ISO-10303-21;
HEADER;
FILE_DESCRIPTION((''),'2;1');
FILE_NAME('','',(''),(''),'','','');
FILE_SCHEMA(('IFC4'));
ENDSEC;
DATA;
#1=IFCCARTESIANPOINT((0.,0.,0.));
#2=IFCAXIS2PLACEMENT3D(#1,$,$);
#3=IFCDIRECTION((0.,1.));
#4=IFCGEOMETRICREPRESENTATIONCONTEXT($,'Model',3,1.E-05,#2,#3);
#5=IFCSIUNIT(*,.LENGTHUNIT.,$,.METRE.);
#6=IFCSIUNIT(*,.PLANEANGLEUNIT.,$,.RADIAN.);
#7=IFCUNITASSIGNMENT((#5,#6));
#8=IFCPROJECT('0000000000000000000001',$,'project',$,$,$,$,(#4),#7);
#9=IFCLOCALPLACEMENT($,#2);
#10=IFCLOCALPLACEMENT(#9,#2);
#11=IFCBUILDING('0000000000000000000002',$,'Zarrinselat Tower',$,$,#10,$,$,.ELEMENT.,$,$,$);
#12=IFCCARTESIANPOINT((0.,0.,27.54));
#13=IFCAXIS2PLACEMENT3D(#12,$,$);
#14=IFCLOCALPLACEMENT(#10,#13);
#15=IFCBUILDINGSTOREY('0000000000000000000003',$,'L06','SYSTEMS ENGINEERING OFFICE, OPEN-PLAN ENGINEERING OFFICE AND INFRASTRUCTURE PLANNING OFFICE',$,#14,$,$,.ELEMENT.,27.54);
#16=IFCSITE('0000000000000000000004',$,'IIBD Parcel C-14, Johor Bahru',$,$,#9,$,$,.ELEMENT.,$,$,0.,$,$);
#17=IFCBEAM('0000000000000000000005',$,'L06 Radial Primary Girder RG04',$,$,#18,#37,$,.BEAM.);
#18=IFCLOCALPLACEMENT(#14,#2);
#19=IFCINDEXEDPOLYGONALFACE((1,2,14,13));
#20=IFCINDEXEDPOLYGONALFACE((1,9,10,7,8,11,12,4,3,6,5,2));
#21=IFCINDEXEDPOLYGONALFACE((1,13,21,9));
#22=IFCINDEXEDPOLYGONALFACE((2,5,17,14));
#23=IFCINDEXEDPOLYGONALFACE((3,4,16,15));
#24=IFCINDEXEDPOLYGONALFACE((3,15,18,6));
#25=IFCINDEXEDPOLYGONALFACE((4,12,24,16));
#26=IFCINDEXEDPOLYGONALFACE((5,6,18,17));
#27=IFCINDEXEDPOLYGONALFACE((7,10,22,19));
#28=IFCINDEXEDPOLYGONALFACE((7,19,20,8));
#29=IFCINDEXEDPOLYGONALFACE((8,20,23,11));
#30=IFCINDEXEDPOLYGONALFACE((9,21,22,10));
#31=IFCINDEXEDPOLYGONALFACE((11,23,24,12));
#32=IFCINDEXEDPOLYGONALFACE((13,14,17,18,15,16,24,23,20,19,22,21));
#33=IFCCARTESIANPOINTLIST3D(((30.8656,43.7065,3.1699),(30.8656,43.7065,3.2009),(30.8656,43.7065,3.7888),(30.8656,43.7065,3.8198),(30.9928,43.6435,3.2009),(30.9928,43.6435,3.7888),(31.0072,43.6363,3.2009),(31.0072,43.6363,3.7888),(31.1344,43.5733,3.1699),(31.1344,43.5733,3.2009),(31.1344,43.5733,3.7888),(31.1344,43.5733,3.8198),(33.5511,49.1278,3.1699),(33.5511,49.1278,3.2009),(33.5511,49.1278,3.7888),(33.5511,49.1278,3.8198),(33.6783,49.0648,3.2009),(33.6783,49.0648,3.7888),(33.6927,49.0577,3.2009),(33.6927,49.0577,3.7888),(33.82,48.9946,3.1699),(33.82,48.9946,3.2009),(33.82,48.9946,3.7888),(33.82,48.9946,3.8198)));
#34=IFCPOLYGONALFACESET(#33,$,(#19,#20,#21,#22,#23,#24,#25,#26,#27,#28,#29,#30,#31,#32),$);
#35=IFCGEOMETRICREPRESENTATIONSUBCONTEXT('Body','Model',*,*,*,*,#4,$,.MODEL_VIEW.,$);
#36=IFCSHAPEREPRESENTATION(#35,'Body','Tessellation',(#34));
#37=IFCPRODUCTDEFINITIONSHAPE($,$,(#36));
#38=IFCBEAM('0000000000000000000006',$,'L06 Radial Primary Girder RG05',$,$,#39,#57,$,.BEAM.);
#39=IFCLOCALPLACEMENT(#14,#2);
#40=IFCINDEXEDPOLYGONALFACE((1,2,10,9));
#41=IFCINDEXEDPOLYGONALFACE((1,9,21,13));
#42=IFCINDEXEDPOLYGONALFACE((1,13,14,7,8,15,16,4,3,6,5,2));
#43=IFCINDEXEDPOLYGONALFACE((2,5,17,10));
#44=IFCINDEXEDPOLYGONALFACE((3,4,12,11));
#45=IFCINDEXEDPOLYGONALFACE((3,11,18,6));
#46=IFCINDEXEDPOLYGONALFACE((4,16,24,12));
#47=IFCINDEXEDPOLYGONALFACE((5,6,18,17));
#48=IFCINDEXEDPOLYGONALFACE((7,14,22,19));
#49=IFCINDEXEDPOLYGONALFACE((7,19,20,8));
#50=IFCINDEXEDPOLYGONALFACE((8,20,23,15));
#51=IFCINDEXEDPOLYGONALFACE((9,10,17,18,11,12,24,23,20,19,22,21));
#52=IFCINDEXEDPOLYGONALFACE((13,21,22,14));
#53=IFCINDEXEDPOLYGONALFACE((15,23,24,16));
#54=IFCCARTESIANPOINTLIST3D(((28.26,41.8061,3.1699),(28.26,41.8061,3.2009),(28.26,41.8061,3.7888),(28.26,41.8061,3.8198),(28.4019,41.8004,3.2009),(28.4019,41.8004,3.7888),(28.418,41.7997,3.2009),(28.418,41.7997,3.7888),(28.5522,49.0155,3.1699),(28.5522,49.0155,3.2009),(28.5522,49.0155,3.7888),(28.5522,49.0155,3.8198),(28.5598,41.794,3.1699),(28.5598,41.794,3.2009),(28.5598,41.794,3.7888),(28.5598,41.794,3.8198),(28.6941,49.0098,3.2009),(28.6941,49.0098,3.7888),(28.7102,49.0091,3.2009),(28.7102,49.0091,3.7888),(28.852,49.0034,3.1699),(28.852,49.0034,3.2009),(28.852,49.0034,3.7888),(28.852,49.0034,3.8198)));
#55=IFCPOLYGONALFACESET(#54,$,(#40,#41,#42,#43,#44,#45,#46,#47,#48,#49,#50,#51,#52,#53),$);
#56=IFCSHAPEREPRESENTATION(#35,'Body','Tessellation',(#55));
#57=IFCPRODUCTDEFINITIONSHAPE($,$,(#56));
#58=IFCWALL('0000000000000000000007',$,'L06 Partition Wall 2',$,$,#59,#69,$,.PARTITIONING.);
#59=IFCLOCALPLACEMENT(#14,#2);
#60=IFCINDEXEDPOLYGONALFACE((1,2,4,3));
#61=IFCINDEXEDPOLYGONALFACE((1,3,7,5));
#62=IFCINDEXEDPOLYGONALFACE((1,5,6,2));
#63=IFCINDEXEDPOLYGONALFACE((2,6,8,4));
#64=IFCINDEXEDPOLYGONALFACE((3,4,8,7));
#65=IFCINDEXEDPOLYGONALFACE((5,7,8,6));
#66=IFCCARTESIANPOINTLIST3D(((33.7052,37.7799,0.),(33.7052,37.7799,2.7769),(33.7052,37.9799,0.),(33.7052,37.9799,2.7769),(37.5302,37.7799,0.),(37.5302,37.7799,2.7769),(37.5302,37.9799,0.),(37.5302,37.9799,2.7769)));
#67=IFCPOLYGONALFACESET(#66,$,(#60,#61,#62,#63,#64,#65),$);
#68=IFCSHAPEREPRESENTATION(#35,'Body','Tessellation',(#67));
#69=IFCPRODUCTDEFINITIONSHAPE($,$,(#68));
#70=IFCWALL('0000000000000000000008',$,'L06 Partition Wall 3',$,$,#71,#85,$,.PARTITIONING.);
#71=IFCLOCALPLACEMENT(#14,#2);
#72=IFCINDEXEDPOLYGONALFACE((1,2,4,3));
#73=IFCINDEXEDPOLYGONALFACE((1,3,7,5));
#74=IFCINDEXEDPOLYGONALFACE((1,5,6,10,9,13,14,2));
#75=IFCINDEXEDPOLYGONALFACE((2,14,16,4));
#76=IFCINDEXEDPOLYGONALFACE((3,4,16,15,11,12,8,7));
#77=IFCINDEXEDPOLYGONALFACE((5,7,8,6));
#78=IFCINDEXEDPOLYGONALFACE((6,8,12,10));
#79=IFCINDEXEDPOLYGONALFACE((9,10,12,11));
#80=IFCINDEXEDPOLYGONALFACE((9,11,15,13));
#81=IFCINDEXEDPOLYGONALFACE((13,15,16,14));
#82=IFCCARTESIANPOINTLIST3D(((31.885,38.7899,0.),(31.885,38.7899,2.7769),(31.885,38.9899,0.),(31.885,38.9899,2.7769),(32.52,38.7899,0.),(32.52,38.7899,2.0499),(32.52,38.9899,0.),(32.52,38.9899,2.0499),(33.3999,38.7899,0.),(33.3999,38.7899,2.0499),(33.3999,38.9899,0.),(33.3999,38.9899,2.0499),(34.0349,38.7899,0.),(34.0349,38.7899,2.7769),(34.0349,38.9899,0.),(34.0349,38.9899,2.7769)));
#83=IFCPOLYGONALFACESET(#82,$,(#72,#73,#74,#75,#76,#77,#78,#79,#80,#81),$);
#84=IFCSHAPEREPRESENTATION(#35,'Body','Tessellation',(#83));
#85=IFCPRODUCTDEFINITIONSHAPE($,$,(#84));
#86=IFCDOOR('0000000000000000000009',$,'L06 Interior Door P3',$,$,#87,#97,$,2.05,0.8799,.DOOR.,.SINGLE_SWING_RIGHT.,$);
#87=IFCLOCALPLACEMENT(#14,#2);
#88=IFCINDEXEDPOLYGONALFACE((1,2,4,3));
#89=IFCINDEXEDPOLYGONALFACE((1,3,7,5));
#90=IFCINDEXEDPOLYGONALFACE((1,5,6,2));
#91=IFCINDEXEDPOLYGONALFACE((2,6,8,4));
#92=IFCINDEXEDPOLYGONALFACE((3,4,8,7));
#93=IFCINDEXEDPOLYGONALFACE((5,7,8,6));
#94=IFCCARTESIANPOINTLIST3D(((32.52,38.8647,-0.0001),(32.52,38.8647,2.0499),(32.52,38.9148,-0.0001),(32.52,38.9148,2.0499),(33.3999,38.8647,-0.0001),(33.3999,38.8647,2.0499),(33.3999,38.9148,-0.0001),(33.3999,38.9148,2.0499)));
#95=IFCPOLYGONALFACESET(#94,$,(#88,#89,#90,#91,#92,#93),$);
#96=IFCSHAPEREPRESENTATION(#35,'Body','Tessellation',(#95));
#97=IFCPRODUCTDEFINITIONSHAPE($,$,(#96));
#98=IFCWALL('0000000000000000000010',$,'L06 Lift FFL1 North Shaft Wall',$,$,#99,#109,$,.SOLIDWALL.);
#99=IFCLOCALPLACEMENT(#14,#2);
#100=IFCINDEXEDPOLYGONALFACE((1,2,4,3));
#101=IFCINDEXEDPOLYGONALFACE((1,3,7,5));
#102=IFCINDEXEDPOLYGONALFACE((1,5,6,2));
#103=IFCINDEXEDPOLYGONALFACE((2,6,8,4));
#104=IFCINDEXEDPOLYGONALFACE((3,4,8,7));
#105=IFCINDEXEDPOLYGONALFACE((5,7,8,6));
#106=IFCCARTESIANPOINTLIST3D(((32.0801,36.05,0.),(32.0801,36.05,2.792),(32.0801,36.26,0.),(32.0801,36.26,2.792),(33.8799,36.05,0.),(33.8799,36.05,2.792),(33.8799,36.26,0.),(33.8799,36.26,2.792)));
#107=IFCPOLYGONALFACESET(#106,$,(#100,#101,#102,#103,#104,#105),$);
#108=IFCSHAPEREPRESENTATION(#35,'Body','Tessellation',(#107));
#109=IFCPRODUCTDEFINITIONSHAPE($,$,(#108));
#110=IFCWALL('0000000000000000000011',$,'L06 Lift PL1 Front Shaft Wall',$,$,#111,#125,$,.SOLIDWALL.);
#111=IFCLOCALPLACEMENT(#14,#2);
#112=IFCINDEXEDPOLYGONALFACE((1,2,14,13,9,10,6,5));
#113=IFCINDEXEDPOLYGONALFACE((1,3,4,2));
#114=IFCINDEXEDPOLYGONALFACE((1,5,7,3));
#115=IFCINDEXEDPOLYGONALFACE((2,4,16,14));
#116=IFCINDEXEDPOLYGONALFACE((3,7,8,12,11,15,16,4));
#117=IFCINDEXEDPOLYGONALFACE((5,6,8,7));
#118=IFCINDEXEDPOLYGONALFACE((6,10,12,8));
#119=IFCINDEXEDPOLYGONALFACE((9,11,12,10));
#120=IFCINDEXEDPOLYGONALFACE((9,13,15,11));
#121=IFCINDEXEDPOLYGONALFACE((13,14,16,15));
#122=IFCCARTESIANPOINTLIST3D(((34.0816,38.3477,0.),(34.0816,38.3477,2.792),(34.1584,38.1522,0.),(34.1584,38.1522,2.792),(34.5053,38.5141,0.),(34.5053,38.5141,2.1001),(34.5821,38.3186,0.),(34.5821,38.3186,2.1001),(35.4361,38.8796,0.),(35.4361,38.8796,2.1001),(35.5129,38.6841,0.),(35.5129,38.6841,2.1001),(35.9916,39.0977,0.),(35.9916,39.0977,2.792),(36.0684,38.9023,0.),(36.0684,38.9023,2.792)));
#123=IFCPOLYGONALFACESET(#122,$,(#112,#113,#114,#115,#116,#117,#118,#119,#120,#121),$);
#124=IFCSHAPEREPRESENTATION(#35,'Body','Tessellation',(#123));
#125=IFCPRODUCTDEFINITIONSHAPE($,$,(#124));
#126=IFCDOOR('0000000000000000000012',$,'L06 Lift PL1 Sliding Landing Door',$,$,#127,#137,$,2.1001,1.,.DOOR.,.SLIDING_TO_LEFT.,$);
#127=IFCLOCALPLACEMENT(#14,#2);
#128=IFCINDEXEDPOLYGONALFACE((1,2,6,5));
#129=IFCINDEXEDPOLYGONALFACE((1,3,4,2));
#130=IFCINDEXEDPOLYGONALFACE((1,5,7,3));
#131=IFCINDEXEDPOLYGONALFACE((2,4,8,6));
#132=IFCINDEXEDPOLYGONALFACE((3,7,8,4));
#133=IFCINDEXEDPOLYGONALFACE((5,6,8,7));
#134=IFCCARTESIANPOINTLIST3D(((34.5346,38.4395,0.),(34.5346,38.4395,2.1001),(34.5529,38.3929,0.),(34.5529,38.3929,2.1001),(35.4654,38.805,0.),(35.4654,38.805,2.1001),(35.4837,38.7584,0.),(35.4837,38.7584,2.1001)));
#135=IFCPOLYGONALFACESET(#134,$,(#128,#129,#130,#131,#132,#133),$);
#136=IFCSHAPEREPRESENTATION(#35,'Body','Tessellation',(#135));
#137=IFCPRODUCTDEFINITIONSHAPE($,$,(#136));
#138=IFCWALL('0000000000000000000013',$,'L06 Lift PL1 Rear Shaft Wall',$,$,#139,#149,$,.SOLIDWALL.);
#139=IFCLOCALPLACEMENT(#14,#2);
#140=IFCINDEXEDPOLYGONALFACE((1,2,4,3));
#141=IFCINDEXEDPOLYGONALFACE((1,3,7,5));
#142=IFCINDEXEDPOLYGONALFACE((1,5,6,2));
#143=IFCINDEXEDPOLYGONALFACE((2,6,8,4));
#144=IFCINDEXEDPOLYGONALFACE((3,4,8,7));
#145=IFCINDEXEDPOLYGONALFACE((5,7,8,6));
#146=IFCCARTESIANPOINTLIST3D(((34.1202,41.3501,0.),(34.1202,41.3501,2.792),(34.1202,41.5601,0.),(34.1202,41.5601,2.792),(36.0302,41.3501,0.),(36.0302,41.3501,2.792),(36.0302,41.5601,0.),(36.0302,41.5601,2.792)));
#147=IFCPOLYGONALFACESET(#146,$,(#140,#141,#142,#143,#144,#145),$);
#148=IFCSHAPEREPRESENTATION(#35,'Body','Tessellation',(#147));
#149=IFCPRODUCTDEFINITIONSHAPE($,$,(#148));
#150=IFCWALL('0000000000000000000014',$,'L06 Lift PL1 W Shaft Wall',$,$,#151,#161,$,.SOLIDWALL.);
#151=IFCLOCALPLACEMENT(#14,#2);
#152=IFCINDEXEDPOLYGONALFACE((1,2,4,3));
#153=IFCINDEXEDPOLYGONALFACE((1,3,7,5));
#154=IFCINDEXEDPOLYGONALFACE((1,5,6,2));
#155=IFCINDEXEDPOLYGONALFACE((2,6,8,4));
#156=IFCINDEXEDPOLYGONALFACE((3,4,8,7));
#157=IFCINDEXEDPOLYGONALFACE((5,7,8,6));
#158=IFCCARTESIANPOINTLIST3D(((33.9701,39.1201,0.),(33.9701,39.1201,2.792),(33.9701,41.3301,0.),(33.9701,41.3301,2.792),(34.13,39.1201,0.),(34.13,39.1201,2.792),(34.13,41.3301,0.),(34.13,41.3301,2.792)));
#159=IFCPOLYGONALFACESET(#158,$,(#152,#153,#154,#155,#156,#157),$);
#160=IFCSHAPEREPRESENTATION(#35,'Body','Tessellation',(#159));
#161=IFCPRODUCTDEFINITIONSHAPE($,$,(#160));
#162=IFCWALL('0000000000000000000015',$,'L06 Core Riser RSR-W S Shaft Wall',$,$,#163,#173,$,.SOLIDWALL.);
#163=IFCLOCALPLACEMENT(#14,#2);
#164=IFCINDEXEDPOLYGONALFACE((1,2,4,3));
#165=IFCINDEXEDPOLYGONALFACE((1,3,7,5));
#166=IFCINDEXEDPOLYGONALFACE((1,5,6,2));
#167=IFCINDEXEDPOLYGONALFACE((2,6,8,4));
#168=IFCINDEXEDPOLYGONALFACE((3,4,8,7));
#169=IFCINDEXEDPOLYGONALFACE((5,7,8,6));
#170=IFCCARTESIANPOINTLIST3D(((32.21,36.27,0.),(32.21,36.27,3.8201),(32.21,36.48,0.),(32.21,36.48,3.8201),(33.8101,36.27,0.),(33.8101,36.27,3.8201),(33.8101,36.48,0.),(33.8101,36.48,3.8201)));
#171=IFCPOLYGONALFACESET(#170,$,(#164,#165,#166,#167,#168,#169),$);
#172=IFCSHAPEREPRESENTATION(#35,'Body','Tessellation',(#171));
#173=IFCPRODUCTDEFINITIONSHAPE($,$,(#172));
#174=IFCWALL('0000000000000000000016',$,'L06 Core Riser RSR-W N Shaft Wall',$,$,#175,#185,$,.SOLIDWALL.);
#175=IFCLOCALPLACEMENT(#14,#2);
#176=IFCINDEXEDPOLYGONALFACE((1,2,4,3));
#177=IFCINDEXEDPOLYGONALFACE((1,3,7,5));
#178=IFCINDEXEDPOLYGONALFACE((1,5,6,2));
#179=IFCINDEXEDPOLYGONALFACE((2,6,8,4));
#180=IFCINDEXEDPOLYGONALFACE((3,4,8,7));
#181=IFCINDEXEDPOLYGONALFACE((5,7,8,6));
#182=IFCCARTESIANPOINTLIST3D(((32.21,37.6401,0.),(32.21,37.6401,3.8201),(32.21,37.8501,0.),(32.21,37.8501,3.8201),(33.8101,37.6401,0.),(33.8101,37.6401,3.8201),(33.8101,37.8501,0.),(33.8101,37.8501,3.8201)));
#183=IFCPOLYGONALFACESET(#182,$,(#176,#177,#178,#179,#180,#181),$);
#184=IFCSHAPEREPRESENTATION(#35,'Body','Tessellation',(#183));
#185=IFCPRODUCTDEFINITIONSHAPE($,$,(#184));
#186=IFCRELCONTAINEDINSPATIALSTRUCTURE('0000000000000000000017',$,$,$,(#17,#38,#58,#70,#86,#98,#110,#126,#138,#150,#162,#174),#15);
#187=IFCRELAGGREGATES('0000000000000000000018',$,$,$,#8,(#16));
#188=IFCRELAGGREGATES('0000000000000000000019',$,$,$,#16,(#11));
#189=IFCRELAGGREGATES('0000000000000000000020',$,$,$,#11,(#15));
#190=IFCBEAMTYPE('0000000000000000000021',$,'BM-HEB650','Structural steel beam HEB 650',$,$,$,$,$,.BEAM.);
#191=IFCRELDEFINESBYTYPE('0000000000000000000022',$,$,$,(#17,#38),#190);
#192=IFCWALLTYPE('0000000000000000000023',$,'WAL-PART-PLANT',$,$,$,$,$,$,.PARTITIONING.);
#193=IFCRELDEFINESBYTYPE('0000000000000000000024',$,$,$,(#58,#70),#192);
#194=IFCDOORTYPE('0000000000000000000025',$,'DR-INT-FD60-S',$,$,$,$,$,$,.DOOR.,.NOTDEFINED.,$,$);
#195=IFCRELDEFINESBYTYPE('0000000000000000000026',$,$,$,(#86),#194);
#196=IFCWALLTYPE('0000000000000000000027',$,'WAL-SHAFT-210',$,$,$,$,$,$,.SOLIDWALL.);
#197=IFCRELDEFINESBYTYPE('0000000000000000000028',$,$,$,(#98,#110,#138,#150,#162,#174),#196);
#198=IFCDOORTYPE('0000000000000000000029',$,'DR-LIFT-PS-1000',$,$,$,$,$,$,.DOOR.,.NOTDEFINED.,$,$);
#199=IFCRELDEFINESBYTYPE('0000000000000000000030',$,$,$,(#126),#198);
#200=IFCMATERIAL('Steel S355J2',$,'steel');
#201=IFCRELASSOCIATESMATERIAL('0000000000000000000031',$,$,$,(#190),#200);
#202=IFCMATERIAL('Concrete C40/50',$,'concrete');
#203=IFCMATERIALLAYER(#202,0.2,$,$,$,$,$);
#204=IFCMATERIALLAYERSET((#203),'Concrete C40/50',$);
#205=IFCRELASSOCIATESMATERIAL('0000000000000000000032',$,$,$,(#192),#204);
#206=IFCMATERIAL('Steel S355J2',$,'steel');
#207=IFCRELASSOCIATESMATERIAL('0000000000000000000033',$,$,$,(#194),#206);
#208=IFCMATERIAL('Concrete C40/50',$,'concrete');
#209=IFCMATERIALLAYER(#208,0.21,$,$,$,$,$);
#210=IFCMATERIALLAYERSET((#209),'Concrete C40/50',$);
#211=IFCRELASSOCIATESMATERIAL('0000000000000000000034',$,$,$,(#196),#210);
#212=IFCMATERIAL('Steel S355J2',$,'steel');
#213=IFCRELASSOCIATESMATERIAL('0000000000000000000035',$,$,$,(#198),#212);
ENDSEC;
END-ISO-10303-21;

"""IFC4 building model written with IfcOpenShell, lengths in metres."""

from ifc_helpers import new_model, si_unit, direction, frame, frame_2d, origin, origin_2d, place, context, subcontext, project, spatial, rectangle, i_section, extrude, material, layer, layer_set, material_profile, profile_set, type_object, element, fill, save


model = new_model("IFC4")

# Units and contexts
model_context = context("Model", 3, precision=1e-05, world=origin(), true_north=direction((0.0, 1.0)))
body_context = subcontext(model_context, "Body", "Model", "MODEL_VIEW")
ifc_project = project(units=[si_unit("LENGTHUNIT", "METRE"), si_unit("PLANEANGLEUNIT", "RADIAN")], contexts=[model_context])

# Site, building, storey
site_placement = place(None, origin())
site = spatial("IfcSite", under=ifc_project, at=site_placement, Name="IIBD Parcel C-14, Johor Bahru", CompositionType="ELEMENT", RefElevation=0.0)
building_placement = place(site_placement, origin())
building = spatial("IfcBuilding", under=site, at=building_placement, Name="Zarrinselat Tower", CompositionType="ELEMENT")
storey_placement = place(building_placement, frame((0.0, 0.0, 27.54)))
storey = spatial("IfcBuildingStorey", under=building, at=storey_placement, Name="L06", Description="SYSTEMS ENGINEERING OFFICE, OPEN-PLAN ENGINEERING OFFICE AND INFRASTRUCTURE PLANNING OFFICE", CompositionType="ELEMENT", Elevation=27.54)

# Beams
ifc_material_1 = material(Name="Steel S355J2", Category="steel")
ifc_material_profile = material_profile(ifc_material_1, i_section(OverallWidth=0.3, OverallDepth=0.6499, WebThickness=0.0161, FlangeThickness=0.031, at=origin_2d()), Name="HEB 650")
ifc_profile_set = profile_set([ifc_material_profile], Name="Steel S355J2")
beam_type = type_object("IfcBeamType", Name="BM-HEB650", Description="Structural steel beam HEB 650", PredefinedType="BEAM", material=ifc_profile_set)
beam_1_placement = place(storey_placement, frame((31.0, 43.6399, 3.4949), z_axis=(0.443885, 0.896084, 0.0), x_axis=(-0.896084, 0.443885, 0.0)))
element("IfcBeam", 1, at=beam_1_placement, inside=storey, type_object=beam_type, Name="L06 Radial Primary Girder RG04", PredefinedType="BEAM", context=body_context, shape_type="SweptSolid", body=[
    extrude(i_section(OverallWidth=0.3, OverallDepth=0.6499, WebThickness=0.0161, FlangeThickness=0.031, at=origin_2d()), origin(), (0.0, 0.0, 1.0), 6.05),
])
beam_2_placement = place(storey_placement, frame((28.4099, 41.8, 3.4949), z_axis=(0.040502, 0.999179, 0.0), x_axis=(-0.999179, 0.040502, 0.0)))
element("IfcBeam", 2, at=beam_2_placement, inside=storey, type_object=beam_type, Name="L06 Radial Primary Girder RG05", PredefinedType="BEAM", context=body_context, shape_type="SweptSolid", body=[
    extrude(i_section(OverallWidth=0.3, OverallDepth=0.6499, WebThickness=0.0161, FlangeThickness=0.031, at=origin_2d()), origin(), (0.0, 0.0, 1.0), 7.2153),
])

# Wall
ifc_material_2 = material(Name="Concrete C40/50", Category="concrete")
ifc_layer_1 = layer(ifc_material_2, 0.2)
ifc_layer_set_1 = layer_set([ifc_layer_1], Name="Concrete C40/50")
wall_type_1 = type_object("IfcWallType", Name="WAL-PART-PLANT", PredefinedType="PARTITIONING", material=ifc_layer_set_1)
wall_1_placement = place(storey_placement, frame((33.7051, 37.8799, 0.0), z_axis=(0.0, 0.0, 1.0), x_axis=(1.0, 0.0, 0.0)))
element("IfcWall", 3, at=wall_1_placement, inside=storey, type_object=wall_type_1, Name="L06 Partition Wall 2", PredefinedType="PARTITIONING", context=body_context, shape_type="SweptSolid", body=[
    extrude(rectangle(XDim=3.825, YDim=0.2, at=frame_2d((1.9126, 0.0))), origin(), (0.0, 0.0, 1.0), 2.7769),
])

# Wall, opening, door
wall_2_placement = place(storey_placement, frame((31.885, 38.8899, 0.0), z_axis=(0.0, 0.0, 1.0), x_axis=(1.0, 0.0, 0.0)))
wall_2 = element("IfcWall", 4, at=wall_2_placement, inside=storey, type_object=wall_type_1, Name="L06 Partition Wall 3", PredefinedType="PARTITIONING", context=body_context, shape_type="SweptSolid", body=[
    extrude(rectangle(XDim=2.1499, YDim=0.2, at=frame_2d((1.075, 0.0))), origin(), (0.0, 0.0, 1.0), 2.7769),
])
opening_1_placement = place(wall_2_placement, frame((0.635, 0.0, 0.0)))
opening_1 = element("IfcOpeningElement", 5, at=opening_1_placement, cuts=wall_2, PredefinedType="OPENING", context=body_context, shape_type="SweptSolid", body=[
    extrude(rectangle(XDim=0.8799, YDim=2.05, at=frame_2d((0.4399, 1.0249))), frame((0.0, 0.1099, 0.0), z_axis=(0.0, -1.0, 0.0), x_axis=(1.0, 0.0, 0.0)), (0.0, 0.0, 1.0), 0.22),
])
ifc_material_3 = material(Name="Steel S355J2", Category="steel")
door_type_1 = type_object("IfcDoorType", Name="DR-INT-FD60-S", OperationType="NOTDEFINED", PredefinedType="DOOR", material=ifc_material_3)
door_1_placement = place(opening_1_placement, origin())
door_1 = element("IfcDoor", 6, at=door_1_placement, inside=storey, type_object=door_type_1, Name="L06 Interior Door P3", OperationType="SINGLE_SWING_RIGHT", OverallHeight=2.05, OverallWidth=0.8799, PredefinedType="DOOR", context=body_context, shape_type="SweptSolid", body=[
    extrude(rectangle(XDim=0.8799, YDim=2.05, at=frame_2d((0.4399, 1.0249))), frame((0.0, 0.0249, 0.0), z_axis=(0.0, -1.0, 0.0), x_axis=(1.0, 0.0, 0.0)), (0.0, 0.0, 1.0), 0.05),
])
fill(opening_1, door_1)

# Wall
ifc_material_4 = material(Name="Concrete C40/50", Category="concrete")
ifc_layer_2 = layer(ifc_material_4, 0.21)
ifc_layer_set_2 = layer_set([ifc_layer_2], Name="Concrete C40/50")
wall_type_2 = type_object("IfcWallType", Name="WAL-SHAFT-210", PredefinedType="SOLIDWALL", material=ifc_layer_set_2)
wall_3_placement = place(storey_placement, frame((32.0801, 36.155, 0.0), z_axis=(0.0, 0.0, 1.0), x_axis=(1.0, 0.0, 0.0)))
element("IfcWall", 7, at=wall_3_placement, inside=storey, type_object=wall_type_2, Name="L06 Lift FFL1 North Shaft Wall", PredefinedType="SOLIDWALL", context=body_context, shape_type="SweptSolid", body=[
    extrude(rectangle(XDim=1.7998, YDim=0.21, at=frame_2d((0.8999, 0.0))), origin(), (0.0, 0.0, 1.0), 2.792),
])

# Wall, opening, door
wall_4_placement = place(storey_placement, frame((34.1201, 38.25, 0.0), z_axis=(0.0, 0.0, 1.0), x_axis=(0.930805, 0.365516, 0.0)))
wall_4 = element("IfcWall", 8, at=wall_4_placement, inside=storey, type_object=wall_type_2, Name="L06 Lift PL1 Front Shaft Wall", PredefinedType="SOLIDWALL", context=body_context, shape_type="SweptSolid", body=[
    extrude(rectangle(XDim=2.052, YDim=0.21, at=frame_2d((1.0259, 0.0))), origin(), (0.0, 0.0, 1.0), 2.792),
])
opening_2_placement = place(wall_4_placement, frame((0.4551, 0.0, 0.0)))
opening_2 = element("IfcOpeningElement", 9, at=opening_2_placement, cuts=wall_4, PredefinedType="OPENING", context=body_context, shape_type="SweptSolid", body=[
    extrude(rectangle(XDim=1.0, YDim=2.1001, at=frame_2d((0.5, 1.05))), frame((0.0, 0.115, 0.0), z_axis=(0.0, -1.0, 0.0), x_axis=(1.0, 0.0, 0.0)), (0.0, 0.0, 1.0), 0.23),
])
ifc_material_5 = material(Name="Steel S355J2", Category="steel")
door_type_2 = type_object("IfcDoorType", Name="DR-LIFT-PS-1000", OperationType="NOTDEFINED", PredefinedType="DOOR", material=ifc_material_5)
door_2_placement = place(opening_2_placement, origin())
door_2 = element("IfcDoor", 10, at=door_2_placement, inside=storey, type_object=door_type_2, Name="L06 Lift PL1 Sliding Landing Door", OperationType="SLIDING_TO_LEFT", OverallHeight=2.1001, OverallWidth=1.0, PredefinedType="DOOR", context=body_context, shape_type="SweptSolid", body=[
    extrude(rectangle(XDim=1.0, YDim=2.1001, at=frame_2d((0.5, 1.05))), frame((0.0, 0.0249, 0.0), z_axis=(0.0, -1.0, 0.0), x_axis=(1.0, 0.0, 0.0)), (0.0, 0.0, 1.0), 0.05),
])
fill(opening_2, door_2)

# Walls
wall_5_placement = place(storey_placement, frame((34.1201, 41.4551, 0.0), z_axis=(0.0, 0.0, 1.0), x_axis=(1.0, 0.0, 0.0)))
element("IfcWall", 11, at=wall_5_placement, inside=storey, type_object=wall_type_2, Name="L06 Lift PL1 Rear Shaft Wall", PredefinedType="SOLIDWALL", context=body_context, shape_type="SweptSolid", body=[
    extrude(rectangle(XDim=1.9099, YDim=0.21, at=frame_2d((0.9551, 0.0))), origin(), (0.0, 0.0, 1.0), 2.792),
])
wall_6_placement = place(storey_placement, frame((34.05, 39.1201, 0.0), z_axis=(0.0, 0.0, 1.0), x_axis=(0.0, 1.0, 0.0)))
element("IfcWall", 12, at=wall_6_placement, inside=storey, type_object=wall_type_2, Name="L06 Lift PL1 W Shaft Wall", PredefinedType="SOLIDWALL", context=body_context, shape_type="SweptSolid", body=[
    extrude(rectangle(XDim=2.21, YDim=0.1599, at=frame_2d((1.105, 0.0))), origin(), (0.0, 0.0, 1.0), 2.792),
])
for number, where, z_axis, x_axis, name in (
    (13, (32.21, 36.375, 0.0), (0.0, 0.0, 1.0), (1.0, 0.0, 0.0), "L06 Core Riser RSR-W S Shaft Wall"),
    (14, (32.21, 37.7451, 0.0), (0.0, 0.0, 1.0), (1.0, 0.0, 0.0), "L06 Core Riser RSR-W N Shaft Wall"),
):
    element("IfcWall", number, at=place(storey_placement, frame(where, z_axis=z_axis, x_axis=x_axis)), inside=storey, type_object=wall_type_2, Name=name, PredefinedType="SOLIDWALL", context=body_context, shape_type="SweptSolid", body=[
        extrude(rectangle(XDim=1.6001, YDim=0.21, at=frame_2d((0.8, 0.0))), origin(), (0.0, 0.0, 1.0), 3.8201),
    ])

save(model, "model.ifc")
